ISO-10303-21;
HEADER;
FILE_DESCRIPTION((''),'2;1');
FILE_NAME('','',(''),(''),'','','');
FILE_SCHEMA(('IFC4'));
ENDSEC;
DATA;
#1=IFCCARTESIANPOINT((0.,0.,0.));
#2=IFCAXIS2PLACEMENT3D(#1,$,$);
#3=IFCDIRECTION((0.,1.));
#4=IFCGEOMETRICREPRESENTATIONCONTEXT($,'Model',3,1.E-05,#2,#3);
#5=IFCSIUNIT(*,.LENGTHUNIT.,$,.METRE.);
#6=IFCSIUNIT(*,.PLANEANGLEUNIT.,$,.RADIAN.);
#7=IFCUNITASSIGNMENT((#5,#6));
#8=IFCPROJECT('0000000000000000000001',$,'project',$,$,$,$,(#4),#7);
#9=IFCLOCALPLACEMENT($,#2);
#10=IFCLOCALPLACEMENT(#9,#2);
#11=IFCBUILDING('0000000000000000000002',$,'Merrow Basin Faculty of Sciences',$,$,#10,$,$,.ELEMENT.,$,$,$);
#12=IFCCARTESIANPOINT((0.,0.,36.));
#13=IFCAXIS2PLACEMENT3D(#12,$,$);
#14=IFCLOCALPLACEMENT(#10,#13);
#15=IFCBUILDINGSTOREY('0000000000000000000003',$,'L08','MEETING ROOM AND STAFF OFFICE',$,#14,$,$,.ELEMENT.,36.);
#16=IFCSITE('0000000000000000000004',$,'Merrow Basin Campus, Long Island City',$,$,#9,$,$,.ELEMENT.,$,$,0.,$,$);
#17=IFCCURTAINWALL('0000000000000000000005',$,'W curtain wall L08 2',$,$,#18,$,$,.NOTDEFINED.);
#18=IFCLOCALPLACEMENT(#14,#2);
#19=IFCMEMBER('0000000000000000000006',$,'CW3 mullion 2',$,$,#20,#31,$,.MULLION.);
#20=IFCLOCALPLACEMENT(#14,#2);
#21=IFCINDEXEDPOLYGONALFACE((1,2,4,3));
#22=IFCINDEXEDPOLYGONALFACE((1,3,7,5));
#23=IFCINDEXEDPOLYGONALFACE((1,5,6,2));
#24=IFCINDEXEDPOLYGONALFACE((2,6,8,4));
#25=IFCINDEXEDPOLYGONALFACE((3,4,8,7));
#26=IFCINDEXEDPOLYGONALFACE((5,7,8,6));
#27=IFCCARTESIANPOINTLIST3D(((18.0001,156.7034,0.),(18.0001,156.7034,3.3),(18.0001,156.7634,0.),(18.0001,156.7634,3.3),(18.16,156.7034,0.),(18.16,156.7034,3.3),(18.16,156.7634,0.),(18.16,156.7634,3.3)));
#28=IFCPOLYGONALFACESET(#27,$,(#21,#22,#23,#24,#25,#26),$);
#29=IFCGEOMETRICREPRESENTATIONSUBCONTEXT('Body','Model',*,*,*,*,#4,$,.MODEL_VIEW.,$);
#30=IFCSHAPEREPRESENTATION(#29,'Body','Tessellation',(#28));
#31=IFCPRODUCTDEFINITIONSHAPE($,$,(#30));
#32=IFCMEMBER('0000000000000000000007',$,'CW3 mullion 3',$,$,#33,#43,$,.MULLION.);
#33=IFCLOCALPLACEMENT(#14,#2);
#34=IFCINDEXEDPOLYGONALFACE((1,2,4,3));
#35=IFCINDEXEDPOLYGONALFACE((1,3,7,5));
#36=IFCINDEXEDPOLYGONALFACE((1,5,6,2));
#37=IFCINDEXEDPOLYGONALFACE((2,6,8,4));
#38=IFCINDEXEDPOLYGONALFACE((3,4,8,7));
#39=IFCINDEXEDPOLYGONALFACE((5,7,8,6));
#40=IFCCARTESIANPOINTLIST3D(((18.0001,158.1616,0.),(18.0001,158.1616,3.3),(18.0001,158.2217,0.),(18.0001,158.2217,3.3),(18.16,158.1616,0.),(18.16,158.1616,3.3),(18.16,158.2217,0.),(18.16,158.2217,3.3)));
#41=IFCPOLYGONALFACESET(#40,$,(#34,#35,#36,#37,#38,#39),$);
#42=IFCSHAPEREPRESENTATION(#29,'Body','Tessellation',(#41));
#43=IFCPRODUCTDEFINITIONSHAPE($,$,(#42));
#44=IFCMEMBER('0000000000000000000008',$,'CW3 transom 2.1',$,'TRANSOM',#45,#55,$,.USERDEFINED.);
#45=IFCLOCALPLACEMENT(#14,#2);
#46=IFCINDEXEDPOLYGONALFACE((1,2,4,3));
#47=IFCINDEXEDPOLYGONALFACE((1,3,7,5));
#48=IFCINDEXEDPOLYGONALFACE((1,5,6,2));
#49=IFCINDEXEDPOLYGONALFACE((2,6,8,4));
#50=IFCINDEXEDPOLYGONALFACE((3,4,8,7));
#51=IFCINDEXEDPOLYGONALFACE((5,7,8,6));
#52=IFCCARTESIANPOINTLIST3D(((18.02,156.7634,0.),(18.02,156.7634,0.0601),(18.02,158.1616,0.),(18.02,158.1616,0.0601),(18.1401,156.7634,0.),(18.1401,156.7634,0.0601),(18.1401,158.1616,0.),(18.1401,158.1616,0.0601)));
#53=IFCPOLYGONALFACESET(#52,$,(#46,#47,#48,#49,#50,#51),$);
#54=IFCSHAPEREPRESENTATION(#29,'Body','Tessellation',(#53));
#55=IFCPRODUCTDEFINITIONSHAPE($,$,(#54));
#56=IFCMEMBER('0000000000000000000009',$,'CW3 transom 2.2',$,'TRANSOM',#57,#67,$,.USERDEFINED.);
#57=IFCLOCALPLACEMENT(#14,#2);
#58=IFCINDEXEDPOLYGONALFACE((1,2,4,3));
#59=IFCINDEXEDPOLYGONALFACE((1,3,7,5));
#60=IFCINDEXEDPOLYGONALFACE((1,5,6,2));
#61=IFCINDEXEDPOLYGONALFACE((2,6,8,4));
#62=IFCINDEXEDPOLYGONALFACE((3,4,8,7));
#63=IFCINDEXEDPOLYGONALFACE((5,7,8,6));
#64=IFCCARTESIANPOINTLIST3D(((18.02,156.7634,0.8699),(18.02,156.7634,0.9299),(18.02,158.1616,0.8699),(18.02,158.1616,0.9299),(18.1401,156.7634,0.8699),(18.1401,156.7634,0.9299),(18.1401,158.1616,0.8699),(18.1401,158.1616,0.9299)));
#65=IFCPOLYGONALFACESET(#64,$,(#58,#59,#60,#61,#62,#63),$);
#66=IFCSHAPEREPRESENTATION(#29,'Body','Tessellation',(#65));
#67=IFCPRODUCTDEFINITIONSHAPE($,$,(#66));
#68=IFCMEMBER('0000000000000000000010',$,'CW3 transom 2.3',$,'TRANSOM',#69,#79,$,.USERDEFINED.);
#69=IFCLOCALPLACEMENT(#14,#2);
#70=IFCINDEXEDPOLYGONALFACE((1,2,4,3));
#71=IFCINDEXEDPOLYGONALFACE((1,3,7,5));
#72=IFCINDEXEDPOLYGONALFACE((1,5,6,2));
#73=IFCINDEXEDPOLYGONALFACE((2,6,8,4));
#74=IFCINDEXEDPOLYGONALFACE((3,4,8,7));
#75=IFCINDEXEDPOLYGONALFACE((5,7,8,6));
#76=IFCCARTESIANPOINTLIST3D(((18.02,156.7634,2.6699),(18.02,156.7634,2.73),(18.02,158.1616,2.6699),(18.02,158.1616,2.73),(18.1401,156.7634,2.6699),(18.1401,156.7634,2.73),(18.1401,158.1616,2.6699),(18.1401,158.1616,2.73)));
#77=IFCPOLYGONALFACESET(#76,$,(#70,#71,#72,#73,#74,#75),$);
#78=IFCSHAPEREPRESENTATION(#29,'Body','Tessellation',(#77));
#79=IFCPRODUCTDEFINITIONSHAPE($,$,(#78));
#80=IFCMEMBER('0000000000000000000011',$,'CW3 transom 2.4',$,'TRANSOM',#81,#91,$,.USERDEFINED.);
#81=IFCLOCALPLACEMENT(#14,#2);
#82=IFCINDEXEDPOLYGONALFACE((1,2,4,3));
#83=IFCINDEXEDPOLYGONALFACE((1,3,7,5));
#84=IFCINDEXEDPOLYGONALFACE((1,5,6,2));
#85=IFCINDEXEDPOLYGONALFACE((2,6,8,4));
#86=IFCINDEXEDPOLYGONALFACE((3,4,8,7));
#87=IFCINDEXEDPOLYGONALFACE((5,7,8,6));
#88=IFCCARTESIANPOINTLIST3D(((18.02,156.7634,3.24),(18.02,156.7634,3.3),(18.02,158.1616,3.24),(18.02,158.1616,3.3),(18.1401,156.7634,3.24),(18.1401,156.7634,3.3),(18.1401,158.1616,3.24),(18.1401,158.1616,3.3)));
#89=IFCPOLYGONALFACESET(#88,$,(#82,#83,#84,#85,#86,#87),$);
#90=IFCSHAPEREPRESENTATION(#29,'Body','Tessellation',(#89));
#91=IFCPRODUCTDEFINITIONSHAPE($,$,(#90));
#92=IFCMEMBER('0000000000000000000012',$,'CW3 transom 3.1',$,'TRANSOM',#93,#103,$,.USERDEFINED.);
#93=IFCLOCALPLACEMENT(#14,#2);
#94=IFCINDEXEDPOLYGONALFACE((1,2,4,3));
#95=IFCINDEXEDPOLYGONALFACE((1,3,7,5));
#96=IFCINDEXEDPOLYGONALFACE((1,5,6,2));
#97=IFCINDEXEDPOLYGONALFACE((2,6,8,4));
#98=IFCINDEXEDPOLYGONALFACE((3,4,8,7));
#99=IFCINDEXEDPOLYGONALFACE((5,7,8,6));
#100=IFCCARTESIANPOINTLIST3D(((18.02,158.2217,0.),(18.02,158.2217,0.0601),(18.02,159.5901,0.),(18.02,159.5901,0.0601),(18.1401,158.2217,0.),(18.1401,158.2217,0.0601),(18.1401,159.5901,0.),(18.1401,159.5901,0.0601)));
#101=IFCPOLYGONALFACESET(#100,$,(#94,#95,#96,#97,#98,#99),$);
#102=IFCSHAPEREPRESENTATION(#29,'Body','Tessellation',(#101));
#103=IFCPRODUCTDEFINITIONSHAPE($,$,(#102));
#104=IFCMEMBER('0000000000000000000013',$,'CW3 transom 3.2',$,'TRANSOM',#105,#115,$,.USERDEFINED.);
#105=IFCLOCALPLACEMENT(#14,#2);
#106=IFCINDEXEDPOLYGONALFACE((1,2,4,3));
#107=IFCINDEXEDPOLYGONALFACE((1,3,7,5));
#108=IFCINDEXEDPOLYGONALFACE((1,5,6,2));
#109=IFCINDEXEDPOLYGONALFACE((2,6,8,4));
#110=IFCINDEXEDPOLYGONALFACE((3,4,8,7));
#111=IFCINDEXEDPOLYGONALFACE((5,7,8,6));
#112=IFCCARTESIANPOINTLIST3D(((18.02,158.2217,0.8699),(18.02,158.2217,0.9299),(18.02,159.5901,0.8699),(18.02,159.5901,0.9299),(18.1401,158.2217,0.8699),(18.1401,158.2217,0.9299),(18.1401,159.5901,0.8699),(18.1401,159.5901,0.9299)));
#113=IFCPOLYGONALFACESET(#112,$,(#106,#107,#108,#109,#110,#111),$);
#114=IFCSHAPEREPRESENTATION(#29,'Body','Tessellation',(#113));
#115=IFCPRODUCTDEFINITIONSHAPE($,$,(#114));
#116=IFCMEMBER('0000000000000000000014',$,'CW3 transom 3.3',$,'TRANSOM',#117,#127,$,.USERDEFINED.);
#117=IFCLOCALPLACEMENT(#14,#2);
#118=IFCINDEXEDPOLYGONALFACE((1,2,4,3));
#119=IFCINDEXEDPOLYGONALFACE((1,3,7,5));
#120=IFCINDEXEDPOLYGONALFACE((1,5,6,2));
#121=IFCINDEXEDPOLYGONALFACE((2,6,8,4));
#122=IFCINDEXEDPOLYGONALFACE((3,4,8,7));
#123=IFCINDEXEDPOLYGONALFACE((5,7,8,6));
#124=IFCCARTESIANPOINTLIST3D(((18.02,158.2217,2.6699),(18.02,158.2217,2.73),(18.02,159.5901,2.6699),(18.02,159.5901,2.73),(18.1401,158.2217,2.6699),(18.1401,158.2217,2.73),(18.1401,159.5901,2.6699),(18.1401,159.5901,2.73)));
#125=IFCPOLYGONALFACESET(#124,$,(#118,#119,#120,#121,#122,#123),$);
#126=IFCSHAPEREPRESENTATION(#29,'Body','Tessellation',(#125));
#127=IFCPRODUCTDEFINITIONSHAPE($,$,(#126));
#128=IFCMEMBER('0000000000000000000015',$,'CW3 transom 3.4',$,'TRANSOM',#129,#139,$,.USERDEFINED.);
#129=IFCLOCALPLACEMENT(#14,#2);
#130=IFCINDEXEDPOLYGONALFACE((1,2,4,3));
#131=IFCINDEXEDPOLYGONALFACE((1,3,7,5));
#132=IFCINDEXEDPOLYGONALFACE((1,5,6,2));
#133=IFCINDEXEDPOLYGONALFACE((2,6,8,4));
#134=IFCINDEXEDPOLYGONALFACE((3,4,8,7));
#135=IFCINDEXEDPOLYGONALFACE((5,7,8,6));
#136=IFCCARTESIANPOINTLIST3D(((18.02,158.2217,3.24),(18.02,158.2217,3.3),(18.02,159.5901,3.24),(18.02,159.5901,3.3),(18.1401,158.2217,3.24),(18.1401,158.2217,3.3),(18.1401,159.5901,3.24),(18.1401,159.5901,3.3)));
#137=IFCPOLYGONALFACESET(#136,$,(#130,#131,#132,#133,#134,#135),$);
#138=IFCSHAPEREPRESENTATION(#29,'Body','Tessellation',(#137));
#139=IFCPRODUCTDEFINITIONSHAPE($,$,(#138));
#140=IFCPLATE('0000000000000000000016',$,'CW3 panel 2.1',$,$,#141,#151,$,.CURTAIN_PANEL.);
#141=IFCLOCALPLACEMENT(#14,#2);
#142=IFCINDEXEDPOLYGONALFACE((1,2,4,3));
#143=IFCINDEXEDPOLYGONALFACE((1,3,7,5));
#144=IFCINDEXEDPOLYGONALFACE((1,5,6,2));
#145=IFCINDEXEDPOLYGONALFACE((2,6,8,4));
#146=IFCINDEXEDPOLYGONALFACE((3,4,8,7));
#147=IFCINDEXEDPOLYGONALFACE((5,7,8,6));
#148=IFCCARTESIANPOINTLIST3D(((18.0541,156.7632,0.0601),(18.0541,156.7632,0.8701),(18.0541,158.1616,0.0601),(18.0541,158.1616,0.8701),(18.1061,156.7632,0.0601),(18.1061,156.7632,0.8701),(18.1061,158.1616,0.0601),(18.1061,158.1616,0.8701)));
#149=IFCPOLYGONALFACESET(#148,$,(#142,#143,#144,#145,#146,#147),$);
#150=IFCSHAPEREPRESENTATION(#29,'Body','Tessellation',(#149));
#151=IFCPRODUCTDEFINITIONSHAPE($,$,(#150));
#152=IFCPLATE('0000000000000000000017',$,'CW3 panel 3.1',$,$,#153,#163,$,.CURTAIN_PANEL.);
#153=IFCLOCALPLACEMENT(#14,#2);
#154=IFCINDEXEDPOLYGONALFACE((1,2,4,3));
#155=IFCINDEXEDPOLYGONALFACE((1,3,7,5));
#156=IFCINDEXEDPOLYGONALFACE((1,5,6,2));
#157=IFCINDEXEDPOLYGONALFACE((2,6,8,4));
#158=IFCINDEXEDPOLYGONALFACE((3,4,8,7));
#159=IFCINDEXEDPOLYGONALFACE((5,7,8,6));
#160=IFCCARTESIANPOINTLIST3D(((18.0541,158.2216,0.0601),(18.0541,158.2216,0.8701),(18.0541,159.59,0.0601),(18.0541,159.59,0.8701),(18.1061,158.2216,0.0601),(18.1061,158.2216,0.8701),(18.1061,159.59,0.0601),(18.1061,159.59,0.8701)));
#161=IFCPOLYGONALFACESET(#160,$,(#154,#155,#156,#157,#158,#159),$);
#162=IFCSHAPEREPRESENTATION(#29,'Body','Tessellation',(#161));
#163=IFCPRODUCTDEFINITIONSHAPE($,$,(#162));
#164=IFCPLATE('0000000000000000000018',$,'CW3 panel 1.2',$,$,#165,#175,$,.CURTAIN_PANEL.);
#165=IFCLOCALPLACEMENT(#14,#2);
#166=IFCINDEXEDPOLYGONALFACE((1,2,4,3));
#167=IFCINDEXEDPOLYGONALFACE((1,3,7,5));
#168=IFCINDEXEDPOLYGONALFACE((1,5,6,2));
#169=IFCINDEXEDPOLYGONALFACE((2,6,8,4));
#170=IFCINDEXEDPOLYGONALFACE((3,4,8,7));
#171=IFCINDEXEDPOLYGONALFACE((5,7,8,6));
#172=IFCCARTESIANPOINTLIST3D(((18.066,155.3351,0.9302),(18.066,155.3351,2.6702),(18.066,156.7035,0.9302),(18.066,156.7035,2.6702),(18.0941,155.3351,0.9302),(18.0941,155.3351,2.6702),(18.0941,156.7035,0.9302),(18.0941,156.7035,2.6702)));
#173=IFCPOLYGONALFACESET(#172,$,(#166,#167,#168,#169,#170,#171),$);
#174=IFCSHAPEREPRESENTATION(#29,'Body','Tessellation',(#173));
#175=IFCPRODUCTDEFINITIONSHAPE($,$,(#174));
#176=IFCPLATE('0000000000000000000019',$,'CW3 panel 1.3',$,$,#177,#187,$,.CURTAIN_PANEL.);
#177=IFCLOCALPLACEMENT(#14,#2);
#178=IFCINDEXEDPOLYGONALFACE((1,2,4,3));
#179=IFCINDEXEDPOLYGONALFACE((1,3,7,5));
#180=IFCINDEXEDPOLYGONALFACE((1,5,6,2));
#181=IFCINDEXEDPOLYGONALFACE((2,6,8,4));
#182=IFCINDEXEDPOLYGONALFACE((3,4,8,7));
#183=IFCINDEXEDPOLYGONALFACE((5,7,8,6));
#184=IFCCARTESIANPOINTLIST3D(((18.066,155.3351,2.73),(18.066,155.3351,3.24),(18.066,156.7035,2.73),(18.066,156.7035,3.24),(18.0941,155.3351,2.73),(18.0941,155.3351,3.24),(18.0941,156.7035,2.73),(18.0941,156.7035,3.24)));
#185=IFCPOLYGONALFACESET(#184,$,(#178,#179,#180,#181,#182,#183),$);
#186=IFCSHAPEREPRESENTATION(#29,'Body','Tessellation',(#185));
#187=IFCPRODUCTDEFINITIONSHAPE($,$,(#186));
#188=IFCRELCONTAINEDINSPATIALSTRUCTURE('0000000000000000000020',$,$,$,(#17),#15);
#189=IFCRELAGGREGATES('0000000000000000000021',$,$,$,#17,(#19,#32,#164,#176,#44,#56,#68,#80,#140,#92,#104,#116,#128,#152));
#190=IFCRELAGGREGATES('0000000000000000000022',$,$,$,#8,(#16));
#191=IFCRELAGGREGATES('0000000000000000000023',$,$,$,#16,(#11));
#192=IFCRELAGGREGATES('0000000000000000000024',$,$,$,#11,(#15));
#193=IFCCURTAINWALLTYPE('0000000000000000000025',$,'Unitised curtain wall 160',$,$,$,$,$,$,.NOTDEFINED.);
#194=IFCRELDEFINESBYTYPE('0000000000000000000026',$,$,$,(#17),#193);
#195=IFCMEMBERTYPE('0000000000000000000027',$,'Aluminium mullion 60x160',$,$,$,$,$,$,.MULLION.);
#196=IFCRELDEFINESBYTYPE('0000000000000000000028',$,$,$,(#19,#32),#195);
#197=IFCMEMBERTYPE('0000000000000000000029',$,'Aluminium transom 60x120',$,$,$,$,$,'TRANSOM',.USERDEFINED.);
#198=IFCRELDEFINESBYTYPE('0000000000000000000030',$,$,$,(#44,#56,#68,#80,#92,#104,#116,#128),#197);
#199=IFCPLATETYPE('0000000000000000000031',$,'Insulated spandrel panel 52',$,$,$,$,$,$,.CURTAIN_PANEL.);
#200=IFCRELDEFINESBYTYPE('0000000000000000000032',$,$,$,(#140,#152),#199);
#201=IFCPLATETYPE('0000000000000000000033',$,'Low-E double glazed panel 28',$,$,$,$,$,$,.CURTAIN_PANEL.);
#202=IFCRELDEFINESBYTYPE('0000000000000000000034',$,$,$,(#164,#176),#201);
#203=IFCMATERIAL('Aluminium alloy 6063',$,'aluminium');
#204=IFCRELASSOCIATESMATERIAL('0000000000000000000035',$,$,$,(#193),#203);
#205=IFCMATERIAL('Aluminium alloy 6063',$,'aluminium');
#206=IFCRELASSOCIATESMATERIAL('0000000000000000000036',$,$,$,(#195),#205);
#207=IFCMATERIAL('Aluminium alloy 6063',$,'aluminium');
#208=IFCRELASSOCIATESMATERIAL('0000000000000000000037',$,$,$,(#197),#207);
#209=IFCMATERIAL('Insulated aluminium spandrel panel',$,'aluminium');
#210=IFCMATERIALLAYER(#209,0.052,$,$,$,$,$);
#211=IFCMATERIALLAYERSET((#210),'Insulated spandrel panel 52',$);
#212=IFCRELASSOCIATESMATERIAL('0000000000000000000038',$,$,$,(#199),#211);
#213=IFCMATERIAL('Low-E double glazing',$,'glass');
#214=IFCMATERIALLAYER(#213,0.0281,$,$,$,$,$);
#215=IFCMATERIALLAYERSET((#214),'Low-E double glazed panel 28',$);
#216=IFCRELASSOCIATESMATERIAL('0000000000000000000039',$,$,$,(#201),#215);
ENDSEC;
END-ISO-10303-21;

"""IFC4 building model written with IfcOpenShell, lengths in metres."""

from ifc_helpers import new_model, si_unit, direction, frame, origin, origin_2d, place, context, subcontext, project, spatial, rectangle, extrude, material, layer, layer_set, material_profile, profile_set, type_object, element, aggregate, save


model = new_model("IFC4")

# Units and contexts
model_context = context("Model", 3, precision=1e-05, world=origin(), true_north=direction((0.0, 1.0)))
body_context = subcontext(model_context, "Body", "Model", "MODEL_VIEW")
ifc_project = project(units=[si_unit("LENGTHUNIT", "METRE"), si_unit("PLANEANGLEUNIT", "RADIAN")], contexts=[model_context])

# Site, building, storey
site_placement = place(None, origin())
site = spatial("IfcSite", under=ifc_project, at=site_placement, Name="Merrow Basin Campus, Long Island City", CompositionType="ELEMENT", RefElevation=0.0)
building_placement = place(site_placement, origin())
building = spatial("IfcBuilding", under=site, at=building_placement, Name="Merrow Basin Faculty of Sciences", CompositionType="ELEMENT")
storey_placement = place(building_placement, frame((0.0, 0.0, 36.0)))
storey = spatial("IfcBuildingStorey", under=building, at=storey_placement, Name="L08", Description="MEETING ROOM AND STAFF OFFICE", CompositionType="ELEMENT", Elevation=36.0)

# Curtain wall, members, plates
ifc_material_1 = material(Name="Aluminium alloy 6063", Category="aluminium")
curtain_wall_type = type_object("IfcCurtainWallType", Name="Unitised curtain wall 160", PredefinedType="NOTDEFINED", material=ifc_material_1)
curtain_wall_placement = place(storey_placement, origin())
curtain_wall = element("IfcCurtainWall", 1, at=curtain_wall_placement, inside=storey, type_object=curtain_wall_type, Name="W curtain wall L08 2", PredefinedType="NOTDEFINED")
ifc_material_2 = material(Name="Aluminium alloy 6063", Category="aluminium")
ifc_material_profile_1 = material_profile(ifc_material_2, rectangle(XDim=0.1599, YDim=0.0601, at=origin_2d()))
ifc_profile_set_1 = profile_set([ifc_material_profile_1], Name="Aluminium alloy 6063")
member_type_1 = type_object("IfcMemberType", Name="Aluminium mullion 60x160", PredefinedType="MULLION", material=ifc_profile_set_1)
member_1_placement = place(storey_placement, frame((18.0801, 156.7334, 0.0), z_axis=(0.0, 0.0, 1.0), x_axis=(-1.0, 0.0, 0.0)))
member_1 = element("IfcMember", 2, at=member_1_placement, type_object=member_type_1, Name="CW3 mullion 2", PredefinedType="MULLION", context=body_context, shape_type="SweptSolid", body=[
    extrude(rectangle(XDim=0.1599, YDim=0.0601, at=origin_2d()), origin(), (0.0, 0.0, 1.0), 3.3),
])
member_2_placement = place(storey_placement, frame((18.0801, 158.1917, 0.0), z_axis=(0.0, 0.0, 1.0), x_axis=(-1.0, 0.0, 0.0)))
member_2 = element("IfcMember", 3, at=member_2_placement, type_object=member_type_1, Name="CW3 mullion 3", PredefinedType="MULLION", context=body_context, shape_type="SweptSolid", body=[
    extrude(rectangle(XDim=0.1599, YDim=0.0601, at=origin_2d()), origin(), (0.0, 0.0, 1.0), 3.3),
])
ifc_material_3 = material(Name="Aluminium alloy 6063", Category="aluminium")
ifc_material_profile_2 = material_profile(ifc_material_3, rectangle(XDim=0.1201, YDim=0.0601, at=origin_2d()))
ifc_profile_set_2 = profile_set([ifc_material_profile_2], Name="Aluminium alloy 6063")
member_type_2 = type_object("IfcMemberType", Name="Aluminium transom 60x120", ElementType="TRANSOM", PredefinedType="USERDEFINED", material=ifc_profile_set_2)
member_3_placement = place(storey_placement, frame((18.0801, 156.7634, 0.03), z_axis=(0.0, 1.0, 0.0), x_axis=(-1.0, 0.0, 0.0)))
member_3 = element("IfcMember", 4, at=member_3_placement, type_object=member_type_2, Name="CW3 transom 2.1", ObjectType="TRANSOM", PredefinedType="USERDEFINED", context=body_context, shape_type="SweptSolid", body=[
    extrude(rectangle(XDim=0.1201, YDim=0.0601, at=origin_2d()), origin(), (0.0, 0.0, 1.0), 1.3982),
])
member_4_placement = place(storey_placement, frame((18.0801, 156.7634, 0.8999), z_axis=(0.0, 1.0, 0.0), x_axis=(-1.0, 0.0, 0.0)))
member_4 = element("IfcMember", 5, at=member_4_placement, type_object=member_type_2, Name="CW3 transom 2.2", ObjectType="TRANSOM", PredefinedType="USERDEFINED", context=body_context, shape_type="SweptSolid", body=[
    extrude(rectangle(XDim=0.1201, YDim=0.0601, at=origin_2d()), origin(), (0.0, 0.0, 1.0), 1.3982),
])
member_5_placement = place(storey_placement, frame((18.0801, 156.7634, 2.7), z_axis=(0.0, 1.0, 0.0), x_axis=(-1.0, 0.0, 0.0)))
member_5 = element("IfcMember", 6, at=member_5_placement, type_object=member_type_2, Name="CW3 transom 2.3", ObjectType="TRANSOM", PredefinedType="USERDEFINED", context=body_context, shape_type="SweptSolid", body=[
    extrude(rectangle(XDim=0.1201, YDim=0.0601, at=origin_2d()), origin(), (0.0, 0.0, 1.0), 1.3982),
])
member_6_placement = place(storey_placement, frame((18.0801, 156.7634, 3.27), z_axis=(0.0, 1.0, 0.0), x_axis=(-1.0, 0.0, 0.0)))
member_6 = element("IfcMember", 7, at=member_6_placement, type_object=member_type_2, Name="CW3 transom 2.4", ObjectType="TRANSOM", PredefinedType="USERDEFINED", context=body_context, shape_type="SweptSolid", body=[
    extrude(rectangle(XDim=0.1201, YDim=0.0601, at=origin_2d()), origin(), (0.0, 0.0, 1.0), 1.3982),
])
member_7_placement = place(storey_placement, frame((18.0801, 158.2217, 0.03), z_axis=(0.0, 1.0, 0.0), x_axis=(-1.0, 0.0, 0.0)))
member_7 = element("IfcMember", 8, at=member_7_placement, type_object=member_type_2, Name="CW3 transom 3.1", ObjectType="TRANSOM", PredefinedType="USERDEFINED", context=body_context, shape_type="SweptSolid", body=[
    extrude(rectangle(XDim=0.1201, YDim=0.0601, at=origin_2d()), origin(), (0.0, 0.0, 1.0), 1.3684),
])
member_8_placement = place(storey_placement, frame((18.0801, 158.2217, 0.8999), z_axis=(0.0, 1.0, 0.0), x_axis=(-1.0, 0.0, 0.0)))
member_8 = element("IfcMember", 9, at=member_8_placement, type_object=member_type_2, Name="CW3 transom 3.2", ObjectType="TRANSOM", PredefinedType="USERDEFINED", context=body_context, shape_type="SweptSolid", body=[
    extrude(rectangle(XDim=0.1201, YDim=0.0601, at=origin_2d()), origin(), (0.0, 0.0, 1.0), 1.3684),
])
member_9_placement = place(storey_placement, frame((18.0801, 158.2217, 2.7), z_axis=(0.0, 1.0, 0.0), x_axis=(-1.0, 0.0, 0.0)))
member_9 = element("IfcMember", 10, at=member_9_placement, type_object=member_type_2, Name="CW3 transom 3.3", ObjectType="TRANSOM", PredefinedType="USERDEFINED", context=body_context, shape_type="SweptSolid", body=[
    extrude(rectangle(XDim=0.1201, YDim=0.0601, at=origin_2d()), origin(), (0.0, 0.0, 1.0), 1.3684),
])
member_10_placement = place(storey_placement, frame((18.0801, 158.2217, 3.27), z_axis=(0.0, 1.0, 0.0), x_axis=(-1.0, 0.0, 0.0)))
member_10 = element("IfcMember", 11, at=member_10_placement, type_object=member_type_2, Name="CW3 transom 3.4", ObjectType="TRANSOM", PredefinedType="USERDEFINED", context=body_context, shape_type="SweptSolid", body=[
    extrude(rectangle(XDim=0.1201, YDim=0.0601, at=origin_2d()), origin(), (0.0, 0.0, 1.0), 1.3684),
])
ifc_material_4 = material(Name="Insulated aluminium spandrel panel", Category="aluminium")
ifc_layer_1 = layer(ifc_material_4, 0.052)
ifc_layer_set_1 = layer_set([ifc_layer_1], Name="Insulated spandrel panel 52")
plate_type_1 = type_object("IfcPlateType", Name="Insulated spandrel panel 52", PredefinedType="CURTAIN_PANEL", material=ifc_layer_set_1)
plate_1_placement = place(storey_placement, frame((18.0801, 157.4624, 0.0601), z_axis=(0.0, 0.0, 1.0), x_axis=(0.0, 1.0, 0.0)))
plate_1 = element("IfcPlate", 12, at=plate_1_placement, type_object=plate_type_1, Name="CW3 panel 2.1", PredefinedType="CURTAIN_PANEL", context=body_context, shape_type="SweptSolid", body=[
    extrude(rectangle(XDim=1.3984, YDim=0.052, at=origin_2d()), origin(), (0.0, 0.0, 1.0), 0.8101),
])
plate_2_placement = place(storey_placement, frame((18.0801, 158.9058, 0.0601), z_axis=(0.0, 0.0, 1.0), x_axis=(0.0, 1.0, 0.0)))
plate_2 = element("IfcPlate", 13, at=plate_2_placement, type_object=plate_type_1, Name="CW3 panel 3.1", PredefinedType="CURTAIN_PANEL", context=body_context, shape_type="SweptSolid", body=[
    extrude(rectangle(XDim=1.3684, YDim=0.052, at=origin_2d()), origin(), (0.0, 0.0, 1.0), 0.8101),
])
ifc_material_5 = material(Name="Low-E double glazing", Category="glass")
ifc_layer_2 = layer(ifc_material_5, 0.0281)
ifc_layer_set_2 = layer_set([ifc_layer_2], Name="Low-E double glazed panel 28")
plate_type_2 = type_object("IfcPlateType", Name="Low-E double glazed panel 28", PredefinedType="CURTAIN_PANEL", material=ifc_layer_set_2)
plate_3_placement = place(storey_placement, frame((18.0801, 156.0193, 0.9302), z_axis=(0.0, 0.0, 1.0), x_axis=(0.0, 1.0, 0.0)))
plate_3 = element("IfcPlate", 14, at=plate_3_placement, type_object=plate_type_2, Name="CW3 panel 1.2", PredefinedType="CURTAIN_PANEL", context=body_context, shape_type="SweptSolid", body=[
    extrude(rectangle(XDim=1.3684, YDim=0.0281, at=origin_2d()), origin(), (0.0, 0.0, 1.0), 1.74),
])
plate_4_placement = place(storey_placement, frame((18.0801, 156.0193, 2.73), z_axis=(0.0, 0.0, 1.0), x_axis=(0.0, 1.0, 0.0)))
plate_4 = element("IfcPlate", 15, at=plate_4_placement, type_object=plate_type_2, Name="CW3 panel 1.3", PredefinedType="CURTAIN_PANEL", context=body_context, shape_type="SweptSolid", body=[
    extrude(rectangle(XDim=1.3684, YDim=0.0281, at=origin_2d()), origin(), (0.0, 0.0, 1.0), 0.51),
])
aggregate(curtain_wall, [member_1, member_2, plate_3, plate_4, member_3, member_4, member_5, member_6, plate_1, member_7, member_8, member_9, member_10, plate_2])

save(model, "model.ifc")
